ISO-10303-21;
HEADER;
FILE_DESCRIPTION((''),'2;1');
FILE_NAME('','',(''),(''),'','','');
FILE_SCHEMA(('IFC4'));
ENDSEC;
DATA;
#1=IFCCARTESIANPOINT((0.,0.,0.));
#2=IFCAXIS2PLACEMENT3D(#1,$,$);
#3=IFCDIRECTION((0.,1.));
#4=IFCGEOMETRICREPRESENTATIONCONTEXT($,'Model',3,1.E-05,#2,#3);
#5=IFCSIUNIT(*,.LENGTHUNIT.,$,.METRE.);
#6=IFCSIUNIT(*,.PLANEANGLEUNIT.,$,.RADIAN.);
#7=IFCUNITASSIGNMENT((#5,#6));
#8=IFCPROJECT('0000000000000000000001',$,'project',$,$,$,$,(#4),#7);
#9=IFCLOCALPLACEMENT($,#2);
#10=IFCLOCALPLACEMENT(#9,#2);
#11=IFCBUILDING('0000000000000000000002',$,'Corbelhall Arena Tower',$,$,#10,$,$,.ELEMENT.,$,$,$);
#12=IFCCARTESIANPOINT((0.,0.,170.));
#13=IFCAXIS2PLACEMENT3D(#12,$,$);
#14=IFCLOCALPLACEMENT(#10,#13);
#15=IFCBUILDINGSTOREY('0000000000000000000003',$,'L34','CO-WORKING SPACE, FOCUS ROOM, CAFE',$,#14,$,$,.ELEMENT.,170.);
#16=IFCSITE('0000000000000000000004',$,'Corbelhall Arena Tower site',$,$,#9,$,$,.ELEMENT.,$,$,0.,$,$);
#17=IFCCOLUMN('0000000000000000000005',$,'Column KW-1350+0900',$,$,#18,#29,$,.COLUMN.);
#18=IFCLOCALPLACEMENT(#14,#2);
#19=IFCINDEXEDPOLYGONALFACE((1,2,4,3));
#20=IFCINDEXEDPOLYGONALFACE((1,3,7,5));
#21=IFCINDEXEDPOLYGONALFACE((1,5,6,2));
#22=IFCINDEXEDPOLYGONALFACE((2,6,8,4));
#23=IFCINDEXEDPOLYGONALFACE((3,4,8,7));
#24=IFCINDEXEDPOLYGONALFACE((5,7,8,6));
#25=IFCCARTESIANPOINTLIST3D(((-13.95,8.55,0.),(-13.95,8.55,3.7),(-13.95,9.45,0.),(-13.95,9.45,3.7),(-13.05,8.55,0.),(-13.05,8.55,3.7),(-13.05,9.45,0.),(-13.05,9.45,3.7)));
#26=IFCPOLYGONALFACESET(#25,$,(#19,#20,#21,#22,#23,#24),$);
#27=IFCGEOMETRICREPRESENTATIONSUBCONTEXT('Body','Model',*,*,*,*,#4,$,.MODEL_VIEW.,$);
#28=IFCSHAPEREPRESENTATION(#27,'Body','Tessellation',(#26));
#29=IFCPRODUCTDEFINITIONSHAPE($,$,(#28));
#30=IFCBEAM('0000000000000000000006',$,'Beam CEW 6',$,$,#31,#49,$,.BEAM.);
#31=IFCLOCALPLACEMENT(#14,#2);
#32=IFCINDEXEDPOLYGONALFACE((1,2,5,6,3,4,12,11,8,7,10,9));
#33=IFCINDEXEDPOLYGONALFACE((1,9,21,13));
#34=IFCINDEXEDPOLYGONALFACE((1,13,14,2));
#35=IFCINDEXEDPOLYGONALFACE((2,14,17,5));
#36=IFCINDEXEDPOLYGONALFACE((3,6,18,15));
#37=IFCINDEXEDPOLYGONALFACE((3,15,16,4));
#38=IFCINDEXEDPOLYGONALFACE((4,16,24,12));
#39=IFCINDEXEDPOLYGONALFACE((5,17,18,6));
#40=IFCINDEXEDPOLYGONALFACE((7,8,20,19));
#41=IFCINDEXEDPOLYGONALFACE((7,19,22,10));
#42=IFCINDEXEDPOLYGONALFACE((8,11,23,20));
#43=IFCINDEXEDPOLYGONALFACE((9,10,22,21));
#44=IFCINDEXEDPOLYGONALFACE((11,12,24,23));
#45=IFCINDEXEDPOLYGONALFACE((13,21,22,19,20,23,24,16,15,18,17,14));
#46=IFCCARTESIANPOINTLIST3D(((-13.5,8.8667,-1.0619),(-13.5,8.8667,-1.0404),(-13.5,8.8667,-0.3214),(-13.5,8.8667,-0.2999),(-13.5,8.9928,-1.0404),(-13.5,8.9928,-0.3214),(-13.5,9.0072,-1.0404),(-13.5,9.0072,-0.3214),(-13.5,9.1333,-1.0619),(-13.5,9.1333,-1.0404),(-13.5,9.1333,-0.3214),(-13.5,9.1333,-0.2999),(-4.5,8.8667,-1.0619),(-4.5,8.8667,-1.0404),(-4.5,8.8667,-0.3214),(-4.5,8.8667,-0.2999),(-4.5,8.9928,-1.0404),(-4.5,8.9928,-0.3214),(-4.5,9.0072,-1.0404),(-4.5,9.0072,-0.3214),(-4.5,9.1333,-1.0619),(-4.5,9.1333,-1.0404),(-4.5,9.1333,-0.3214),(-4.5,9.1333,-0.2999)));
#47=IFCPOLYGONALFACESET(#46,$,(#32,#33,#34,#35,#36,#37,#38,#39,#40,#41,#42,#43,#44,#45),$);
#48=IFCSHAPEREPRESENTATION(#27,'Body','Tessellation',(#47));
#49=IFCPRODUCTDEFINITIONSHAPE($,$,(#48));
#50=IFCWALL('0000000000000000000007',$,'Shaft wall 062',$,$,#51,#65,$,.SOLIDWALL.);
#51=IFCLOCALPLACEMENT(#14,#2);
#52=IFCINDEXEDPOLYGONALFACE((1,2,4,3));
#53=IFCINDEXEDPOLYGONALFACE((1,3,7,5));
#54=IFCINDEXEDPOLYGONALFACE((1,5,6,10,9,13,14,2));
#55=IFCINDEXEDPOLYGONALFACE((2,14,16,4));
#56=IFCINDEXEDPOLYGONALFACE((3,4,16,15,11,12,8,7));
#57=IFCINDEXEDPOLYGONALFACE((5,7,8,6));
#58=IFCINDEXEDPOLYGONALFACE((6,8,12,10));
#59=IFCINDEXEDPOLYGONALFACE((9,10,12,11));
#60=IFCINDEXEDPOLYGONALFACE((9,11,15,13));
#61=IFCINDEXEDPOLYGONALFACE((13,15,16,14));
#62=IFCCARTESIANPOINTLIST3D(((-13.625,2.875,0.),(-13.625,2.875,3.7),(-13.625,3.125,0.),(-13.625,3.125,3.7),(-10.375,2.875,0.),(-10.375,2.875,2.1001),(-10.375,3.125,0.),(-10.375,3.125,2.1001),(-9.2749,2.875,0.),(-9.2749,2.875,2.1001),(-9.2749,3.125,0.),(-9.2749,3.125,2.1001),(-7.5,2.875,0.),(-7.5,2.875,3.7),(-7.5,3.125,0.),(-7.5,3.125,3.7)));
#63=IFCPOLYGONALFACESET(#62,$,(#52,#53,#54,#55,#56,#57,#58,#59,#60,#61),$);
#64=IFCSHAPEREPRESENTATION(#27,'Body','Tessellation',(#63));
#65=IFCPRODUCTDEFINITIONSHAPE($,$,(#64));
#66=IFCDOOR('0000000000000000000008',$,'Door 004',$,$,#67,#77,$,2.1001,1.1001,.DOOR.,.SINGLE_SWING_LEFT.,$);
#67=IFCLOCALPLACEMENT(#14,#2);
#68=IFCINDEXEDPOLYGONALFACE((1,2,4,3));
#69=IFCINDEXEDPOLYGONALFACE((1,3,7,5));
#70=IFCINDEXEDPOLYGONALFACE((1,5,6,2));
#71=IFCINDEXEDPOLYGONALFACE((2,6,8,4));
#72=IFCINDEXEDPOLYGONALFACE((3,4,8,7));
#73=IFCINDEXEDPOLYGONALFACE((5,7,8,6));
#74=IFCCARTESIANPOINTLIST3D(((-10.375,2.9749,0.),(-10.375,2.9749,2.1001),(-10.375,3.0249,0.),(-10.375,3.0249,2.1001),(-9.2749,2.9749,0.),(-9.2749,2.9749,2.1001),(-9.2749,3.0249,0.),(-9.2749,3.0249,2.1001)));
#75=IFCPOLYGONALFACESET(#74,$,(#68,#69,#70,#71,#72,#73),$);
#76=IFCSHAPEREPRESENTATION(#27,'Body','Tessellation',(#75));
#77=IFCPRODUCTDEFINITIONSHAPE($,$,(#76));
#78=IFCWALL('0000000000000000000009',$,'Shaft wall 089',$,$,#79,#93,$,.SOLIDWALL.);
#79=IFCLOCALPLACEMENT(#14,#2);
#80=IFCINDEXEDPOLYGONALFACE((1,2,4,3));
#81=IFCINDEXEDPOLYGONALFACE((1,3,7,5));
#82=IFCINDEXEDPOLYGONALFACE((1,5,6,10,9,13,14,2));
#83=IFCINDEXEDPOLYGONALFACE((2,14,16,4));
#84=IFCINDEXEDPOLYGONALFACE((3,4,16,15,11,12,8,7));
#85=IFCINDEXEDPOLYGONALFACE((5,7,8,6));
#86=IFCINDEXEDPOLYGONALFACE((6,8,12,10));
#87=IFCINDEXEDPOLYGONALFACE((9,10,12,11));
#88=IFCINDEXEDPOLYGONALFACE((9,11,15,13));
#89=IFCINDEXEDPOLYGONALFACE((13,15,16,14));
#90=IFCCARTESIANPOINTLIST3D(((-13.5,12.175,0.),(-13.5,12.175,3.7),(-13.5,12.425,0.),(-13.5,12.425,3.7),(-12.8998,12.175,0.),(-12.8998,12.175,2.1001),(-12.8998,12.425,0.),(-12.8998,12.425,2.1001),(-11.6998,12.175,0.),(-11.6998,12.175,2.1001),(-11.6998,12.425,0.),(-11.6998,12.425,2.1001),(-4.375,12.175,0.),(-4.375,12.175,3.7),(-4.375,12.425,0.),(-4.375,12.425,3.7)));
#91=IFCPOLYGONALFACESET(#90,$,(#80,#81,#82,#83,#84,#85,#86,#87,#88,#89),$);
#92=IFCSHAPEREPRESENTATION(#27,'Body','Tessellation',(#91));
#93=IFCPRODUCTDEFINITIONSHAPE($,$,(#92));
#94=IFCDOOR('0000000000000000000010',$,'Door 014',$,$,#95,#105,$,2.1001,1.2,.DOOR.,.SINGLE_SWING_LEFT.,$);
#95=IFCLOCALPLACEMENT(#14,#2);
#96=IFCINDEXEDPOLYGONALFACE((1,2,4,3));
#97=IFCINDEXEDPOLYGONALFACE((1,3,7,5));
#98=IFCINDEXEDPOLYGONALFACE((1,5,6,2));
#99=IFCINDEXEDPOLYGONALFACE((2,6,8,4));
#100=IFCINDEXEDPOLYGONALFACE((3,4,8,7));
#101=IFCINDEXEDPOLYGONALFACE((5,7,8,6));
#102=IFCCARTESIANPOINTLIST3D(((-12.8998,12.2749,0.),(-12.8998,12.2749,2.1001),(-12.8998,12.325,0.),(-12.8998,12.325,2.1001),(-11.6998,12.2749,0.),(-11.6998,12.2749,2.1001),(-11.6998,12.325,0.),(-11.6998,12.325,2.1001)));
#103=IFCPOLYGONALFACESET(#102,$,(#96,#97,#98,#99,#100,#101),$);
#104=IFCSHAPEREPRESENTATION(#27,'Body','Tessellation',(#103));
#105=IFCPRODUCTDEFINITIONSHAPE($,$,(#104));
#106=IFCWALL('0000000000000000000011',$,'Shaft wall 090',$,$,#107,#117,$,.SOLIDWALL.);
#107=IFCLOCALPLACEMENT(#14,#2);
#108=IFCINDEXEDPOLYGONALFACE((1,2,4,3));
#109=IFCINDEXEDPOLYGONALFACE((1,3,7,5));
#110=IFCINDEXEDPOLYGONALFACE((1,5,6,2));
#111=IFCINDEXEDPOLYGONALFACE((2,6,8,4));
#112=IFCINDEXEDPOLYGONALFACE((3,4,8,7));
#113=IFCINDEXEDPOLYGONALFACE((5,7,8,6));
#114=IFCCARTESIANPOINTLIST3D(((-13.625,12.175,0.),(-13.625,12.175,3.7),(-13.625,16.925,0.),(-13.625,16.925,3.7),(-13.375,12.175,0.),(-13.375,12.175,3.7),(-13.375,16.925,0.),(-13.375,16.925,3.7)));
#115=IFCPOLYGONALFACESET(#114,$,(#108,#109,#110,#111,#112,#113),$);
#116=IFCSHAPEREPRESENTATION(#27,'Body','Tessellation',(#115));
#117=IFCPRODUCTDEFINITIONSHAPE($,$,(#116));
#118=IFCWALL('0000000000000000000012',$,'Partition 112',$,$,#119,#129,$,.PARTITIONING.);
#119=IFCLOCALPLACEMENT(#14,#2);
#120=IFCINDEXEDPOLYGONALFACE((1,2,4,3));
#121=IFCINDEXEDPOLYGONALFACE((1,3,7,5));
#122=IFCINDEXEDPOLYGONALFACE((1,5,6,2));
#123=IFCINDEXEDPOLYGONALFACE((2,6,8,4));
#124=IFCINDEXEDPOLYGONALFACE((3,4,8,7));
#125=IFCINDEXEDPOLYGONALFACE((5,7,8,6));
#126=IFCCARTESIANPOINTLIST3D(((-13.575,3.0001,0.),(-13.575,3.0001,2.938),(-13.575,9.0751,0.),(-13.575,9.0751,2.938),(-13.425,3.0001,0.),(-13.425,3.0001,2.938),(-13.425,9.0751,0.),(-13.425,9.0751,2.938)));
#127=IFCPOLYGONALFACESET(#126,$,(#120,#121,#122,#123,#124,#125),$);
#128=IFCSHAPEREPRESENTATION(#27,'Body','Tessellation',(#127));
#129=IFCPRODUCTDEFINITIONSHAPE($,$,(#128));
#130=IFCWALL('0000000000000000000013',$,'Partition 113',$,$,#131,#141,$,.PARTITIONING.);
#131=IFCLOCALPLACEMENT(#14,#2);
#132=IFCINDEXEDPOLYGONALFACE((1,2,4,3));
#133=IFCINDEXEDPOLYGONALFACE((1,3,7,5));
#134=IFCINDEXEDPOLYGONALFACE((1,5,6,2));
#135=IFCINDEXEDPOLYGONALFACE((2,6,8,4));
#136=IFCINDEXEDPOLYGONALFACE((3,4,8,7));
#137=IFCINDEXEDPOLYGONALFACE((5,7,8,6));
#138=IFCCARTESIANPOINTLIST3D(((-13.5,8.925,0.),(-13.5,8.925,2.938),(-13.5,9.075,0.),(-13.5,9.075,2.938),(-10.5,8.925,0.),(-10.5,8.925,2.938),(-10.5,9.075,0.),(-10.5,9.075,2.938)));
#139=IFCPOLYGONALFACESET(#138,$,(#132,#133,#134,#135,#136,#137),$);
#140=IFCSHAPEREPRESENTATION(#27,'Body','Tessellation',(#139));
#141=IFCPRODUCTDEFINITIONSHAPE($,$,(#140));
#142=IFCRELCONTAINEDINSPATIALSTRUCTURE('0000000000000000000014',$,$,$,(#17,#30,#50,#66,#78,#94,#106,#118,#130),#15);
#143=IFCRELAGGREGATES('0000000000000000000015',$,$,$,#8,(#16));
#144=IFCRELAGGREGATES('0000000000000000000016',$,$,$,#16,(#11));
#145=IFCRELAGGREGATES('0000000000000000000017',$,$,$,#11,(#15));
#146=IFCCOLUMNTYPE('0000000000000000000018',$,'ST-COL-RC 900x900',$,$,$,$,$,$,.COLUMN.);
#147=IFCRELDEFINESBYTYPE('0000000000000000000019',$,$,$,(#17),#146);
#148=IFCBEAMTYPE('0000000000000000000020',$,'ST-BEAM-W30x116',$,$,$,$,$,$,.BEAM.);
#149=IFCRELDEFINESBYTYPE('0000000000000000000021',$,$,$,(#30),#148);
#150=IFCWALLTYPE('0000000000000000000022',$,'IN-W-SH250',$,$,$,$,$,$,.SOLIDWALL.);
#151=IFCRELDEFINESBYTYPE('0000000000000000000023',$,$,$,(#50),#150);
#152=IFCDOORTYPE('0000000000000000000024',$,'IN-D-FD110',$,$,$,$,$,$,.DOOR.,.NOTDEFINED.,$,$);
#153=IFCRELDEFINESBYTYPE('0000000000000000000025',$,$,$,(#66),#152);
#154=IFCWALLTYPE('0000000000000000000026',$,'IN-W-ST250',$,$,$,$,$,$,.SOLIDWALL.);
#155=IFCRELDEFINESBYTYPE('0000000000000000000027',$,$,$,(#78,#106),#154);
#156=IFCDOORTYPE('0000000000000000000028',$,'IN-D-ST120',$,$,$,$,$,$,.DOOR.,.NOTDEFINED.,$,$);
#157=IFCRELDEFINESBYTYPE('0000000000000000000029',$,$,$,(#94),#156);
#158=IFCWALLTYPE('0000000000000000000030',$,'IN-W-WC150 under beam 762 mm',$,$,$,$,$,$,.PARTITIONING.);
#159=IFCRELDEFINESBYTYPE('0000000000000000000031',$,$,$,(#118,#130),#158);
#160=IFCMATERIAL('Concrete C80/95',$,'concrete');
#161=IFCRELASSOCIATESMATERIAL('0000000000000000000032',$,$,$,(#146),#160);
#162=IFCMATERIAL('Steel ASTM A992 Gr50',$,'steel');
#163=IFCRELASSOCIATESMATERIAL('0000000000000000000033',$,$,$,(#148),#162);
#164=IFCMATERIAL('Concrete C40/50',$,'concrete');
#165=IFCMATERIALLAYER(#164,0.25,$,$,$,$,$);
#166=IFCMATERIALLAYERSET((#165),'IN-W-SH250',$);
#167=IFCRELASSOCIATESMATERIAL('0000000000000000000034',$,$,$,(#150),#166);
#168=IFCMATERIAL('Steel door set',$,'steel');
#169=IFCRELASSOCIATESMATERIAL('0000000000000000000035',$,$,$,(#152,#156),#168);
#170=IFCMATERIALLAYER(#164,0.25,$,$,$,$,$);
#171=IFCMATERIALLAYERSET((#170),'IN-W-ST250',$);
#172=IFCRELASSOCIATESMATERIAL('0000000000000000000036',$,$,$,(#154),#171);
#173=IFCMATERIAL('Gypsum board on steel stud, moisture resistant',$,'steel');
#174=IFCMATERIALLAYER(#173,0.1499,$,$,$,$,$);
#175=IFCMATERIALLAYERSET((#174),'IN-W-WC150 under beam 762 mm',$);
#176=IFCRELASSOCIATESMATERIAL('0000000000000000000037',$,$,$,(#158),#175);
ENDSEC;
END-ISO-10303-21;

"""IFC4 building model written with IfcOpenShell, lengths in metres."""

from ifc_helpers import new_model, si_unit, direction, frame, frame_2d, origin, origin_2d, place, context, subcontext, project, spatial, rectangle, i_section, extrude, material, layer, layer_set, material_profile, profile_set, type_object, element, fill, save


model = new_model("IFC4")

# Units and contexts
model_context = context("Model", 3, precision=1e-05, world=origin(), true_north=direction((0.0, 1.0)))
body_context = subcontext(model_context, "Body", "Model", "MODEL_VIEW")
ifc_project = project(units=[si_unit("LENGTHUNIT", "METRE"), si_unit("PLANEANGLEUNIT", "RADIAN")], contexts=[model_context])

# Site, building, storey
site_placement = place(None, origin())
site = spatial("IfcSite", under=ifc_project, at=site_placement, Name="Corbelhall Arena Tower site", CompositionType="ELEMENT", RefElevation=0.0)
building_placement = place(site_placement, origin())
building = spatial("IfcBuilding", under=site, at=building_placement, Name="Corbelhall Arena Tower", CompositionType="ELEMENT")
storey_placement = place(building_placement, frame((0.0, 0.0, 170.0)))
storey = spatial("IfcBuildingStorey", under=building, at=storey_placement, Name="L34", Description="CO-WORKING SPACE, FOCUS ROOM, CAFE", CompositionType="ELEMENT", Elevation=170.0)

# Column
ifc_material_1 = material(Name="Concrete C80/95", Category="concrete")
ifc_material_profile_1 = material_profile(ifc_material_1, rectangle(XDim=0.8999, YDim=0.8999, at=origin_2d()))
ifc_profile_set_1 = profile_set([ifc_material_profile_1], Name="Concrete C80/95")
column_type = type_object("IfcColumnType", Name="ST-COL-RC 900x900", PredefinedType="COLUMN", material=ifc_profile_set_1)
column_placement = place(storey_placement, frame((-13.5, 9.0, 0.0), z_axis=(0.0, 0.0, 1.0), x_axis=(1.0, 0.0, 0.0)))
element("IfcColumn", 1, at=column_placement, inside=storey, type_object=column_type, Name="Column KW-1350+0900", PredefinedType="COLUMN", context=body_context, shape_type="SweptSolid", body=[
    extrude(rectangle(XDim=0.8999, YDim=0.8999, at=origin_2d()), origin(), (0.0, 0.0, 1.0), 3.7),
])

# Beam
ifc_material_2 = material(Name="Steel ASTM A992 Gr50", Category="steel")
ifc_material_profile_2 = material_profile(ifc_material_2, i_section(OverallWidth=0.2666, OverallDepth=0.762, WebThickness=0.0144, FlangeThickness=0.0215, at=origin_2d()))
ifc_profile_set_2 = profile_set([ifc_material_profile_2], Name="Steel ASTM A992 Gr50")
beam_type = type_object("IfcBeamType", Name="ST-BEAM-W30x116", PredefinedType="BEAM", material=ifc_profile_set_2)
beam_placement = place(storey_placement, frame((-13.5, 9.0, -0.6809), z_axis=(1.0, 0.0, 0.0), x_axis=(0.0, 1.0, 0.0)))
element("IfcBeam", 2, at=beam_placement, inside=storey, type_object=beam_type, Name="Beam CEW 6", PredefinedType="BEAM", context=body_context, shape_type="SweptSolid", body=[
    extrude(i_section(OverallWidth=0.2666, OverallDepth=0.762, WebThickness=0.0144, FlangeThickness=0.0215, at=origin_2d()), origin(), (0.0, 0.0, 1.0), 9.0),
])

# Shared definitions
ifc_material_3 = material(Name="Steel door set", Category="steel")

# Walls, openings, doors
ifc_material_4 = material(Name="Concrete C40/50", Category="concrete")
ifc_layer_1 = layer(ifc_material_4, 0.25)
ifc_layer_set_1 = layer_set([ifc_layer_1], Name="IN-W-SH250")
wall_type_1 = type_object("IfcWallType", Name="IN-W-SH250", PredefinedType="SOLIDWALL", material=ifc_layer_set_1)
wall_1_placement = place(storey_placement, frame((-13.625, 3.0, 0.0), z_axis=(0.0, 0.0, 1.0), x_axis=(1.0, 0.0, 0.0)))
wall_1 = element("IfcWall", 3, at=wall_1_placement, inside=storey, type_object=wall_type_1, Name="Shaft wall 062", PredefinedType="SOLIDWALL", context=body_context, shape_type="SweptSolid", body=[
    extrude(rectangle(XDim=6.125, YDim=0.25, at=frame_2d((3.0625, 0.0))), origin(), (0.0, 0.0, 1.0), 3.7),
])
opening_1_placement = place(wall_1_placement, frame((3.25, 0.0, 0.0)))
opening_1 = element("IfcOpeningElement", 4, at=opening_1_placement, cuts=wall_1, PredefinedType="OPENING", context=body_context, shape_type="SweptSolid", body=[
    extrude(rectangle(XDim=1.1001, YDim=2.1001, at=frame_2d((0.55, 1.05))), frame((0.0, 0.125, 0.0), z_axis=(0.0, -1.0, 0.0), x_axis=(1.0, 0.0, 0.0)), (0.0, 0.0, 1.0), 0.25),
])
door_type_1 = type_object("IfcDoorType", Name="IN-D-FD110", OperationType="NOTDEFINED", PredefinedType="DOOR", material=ifc_material_3)
door_1_placement = place(opening_1_placement, origin())
door_1 = element("IfcDoor", 5, at=door_1_placement, inside=storey, type_object=door_type_1, Name="Door 004", OperationType="SINGLE_SWING_LEFT", OverallHeight=2.1001, OverallWidth=1.1001, PredefinedType="DOOR", context=body_context, shape_type="SweptSolid", body=[
    extrude(rectangle(XDim=1.1001, YDim=2.1001, at=frame_2d((0.55, 1.05))), frame((0.0, 0.0249, 0.0), z_axis=(0.0, -1.0, 0.0), x_axis=(1.0, 0.0, 0.0)), (0.0, 0.0, 1.0), 0.05),
])
fill(opening_1, door_1)
ifc_layer_2 = layer(ifc_material_4, 0.25)
ifc_layer_set_2 = layer_set([ifc_layer_2], Name="IN-W-ST250")
wall_type_2 = type_object("IfcWallType", Name="IN-W-ST250", PredefinedType="SOLIDWALL", material=ifc_layer_set_2)
wall_2_placement = place(storey_placement, frame((-13.5, 12.3, 0.0), z_axis=(0.0, 0.0, 1.0), x_axis=(1.0, 0.0, 0.0)))
wall_2 = element("IfcWall", 6, at=wall_2_placement, inside=storey, type_object=wall_type_2, Name="Shaft wall 089", PredefinedType="SOLIDWALL", context=body_context, shape_type="SweptSolid", body=[
    extrude(rectangle(XDim=9.125, YDim=0.25, at=frame_2d((4.5625, 0.0))), origin(), (0.0, 0.0, 1.0), 3.7),
])
opening_2_placement = place(wall_2_placement, frame((0.6001, 0.0, 0.0)))
opening_2 = element("IfcOpeningElement", 7, at=opening_2_placement, cuts=wall_2, PredefinedType="OPENING", context=body_context, shape_type="SweptSolid", body=[
    extrude(rectangle(XDim=1.2, YDim=2.1001, at=frame_2d((0.6001, 1.05))), frame((0.0, 0.125, 0.0), z_axis=(0.0, -1.0, 0.0), x_axis=(1.0, 0.0, 0.0)), (0.0, 0.0, 1.0), 0.25),
])
door_type_2 = type_object("IfcDoorType", Name="IN-D-ST120", OperationType="NOTDEFINED", PredefinedType="DOOR", material=ifc_material_3)
door_2_placement = place(opening_2_placement, origin())
door_2 = element("IfcDoor", 8, at=door_2_placement, inside=storey, type_object=door_type_2, Name="Door 014", OperationType="SINGLE_SWING_LEFT", OverallHeight=2.1001, OverallWidth=1.2, PredefinedType="DOOR", context=body_context, shape_type="SweptSolid", body=[
    extrude(rectangle(XDim=1.2, YDim=2.1001, at=frame_2d((0.6001, 1.05))), frame((0.0, 0.0249, 0.0), z_axis=(0.0, -1.0, 0.0), x_axis=(1.0, 0.0, 0.0)), (0.0, 0.0, 1.0), 0.05),
])
fill(opening_2, door_2)

# Walls
wall_3_placement = place(storey_placement, frame((-13.5, 12.175, 0.0), z_axis=(0.0, 0.0, 1.0), x_axis=(0.0, 1.0, 0.0)))
element("IfcWall", 9, at=wall_3_placement, inside=storey, type_object=wall_type_2, Name="Shaft wall 090", PredefinedType="SOLIDWALL", context=body_context, shape_type="SweptSolid", body=[
    extrude(rectangle(XDim=4.75, YDim=0.25, at=frame_2d((2.375, 0.0))), origin(), (0.0, 0.0, 1.0), 3.7),
])
ifc_material_5 = material(Name="Gypsum board on steel stud, moisture resistant", Category="steel")
ifc_layer_3 = layer(ifc_material_5, 0.1499)
ifc_layer_set_3 = layer_set([ifc_layer_3], Name="IN-W-WC150 under beam 762 mm")
wall_type_3 = type_object("IfcWallType", Name="IN-W-WC150 under beam 762 mm", PredefinedType="PARTITIONING", material=ifc_layer_set_3)
wall_4_placement = place(storey_placement, frame((-13.5, 3.0, 0.0), z_axis=(0.0, 0.0, 1.0), x_axis=(0.0, 1.0, 0.0)))
element("IfcWall", 10, at=wall_4_placement, inside=storey, type_object=wall_type_3, Name="Partition 112", PredefinedType="PARTITIONING", context=body_context, shape_type="SweptSolid", body=[
    extrude(rectangle(XDim=6.075, YDim=0.1499, at=frame_2d((3.0376, 0.0))), origin(), (0.0, 0.0, 1.0), 2.938),
])
wall_5_placement = place(storey_placement, frame((-13.5, 9.0, 0.0), z_axis=(0.0, 0.0, 1.0), x_axis=(1.0, 0.0, 0.0)))
element("IfcWall", 11, at=wall_5_placement, inside=storey, type_object=wall_type_3, Name="Partition 113", PredefinedType="PARTITIONING", context=body_context, shape_type="SweptSolid", body=[
    extrude(rectangle(XDim=3.0, YDim=0.1499, at=frame_2d((1.5, 0.0))), origin(), (0.0, 0.0, 1.0), 2.938),
])

save(model, "model.ifc")
